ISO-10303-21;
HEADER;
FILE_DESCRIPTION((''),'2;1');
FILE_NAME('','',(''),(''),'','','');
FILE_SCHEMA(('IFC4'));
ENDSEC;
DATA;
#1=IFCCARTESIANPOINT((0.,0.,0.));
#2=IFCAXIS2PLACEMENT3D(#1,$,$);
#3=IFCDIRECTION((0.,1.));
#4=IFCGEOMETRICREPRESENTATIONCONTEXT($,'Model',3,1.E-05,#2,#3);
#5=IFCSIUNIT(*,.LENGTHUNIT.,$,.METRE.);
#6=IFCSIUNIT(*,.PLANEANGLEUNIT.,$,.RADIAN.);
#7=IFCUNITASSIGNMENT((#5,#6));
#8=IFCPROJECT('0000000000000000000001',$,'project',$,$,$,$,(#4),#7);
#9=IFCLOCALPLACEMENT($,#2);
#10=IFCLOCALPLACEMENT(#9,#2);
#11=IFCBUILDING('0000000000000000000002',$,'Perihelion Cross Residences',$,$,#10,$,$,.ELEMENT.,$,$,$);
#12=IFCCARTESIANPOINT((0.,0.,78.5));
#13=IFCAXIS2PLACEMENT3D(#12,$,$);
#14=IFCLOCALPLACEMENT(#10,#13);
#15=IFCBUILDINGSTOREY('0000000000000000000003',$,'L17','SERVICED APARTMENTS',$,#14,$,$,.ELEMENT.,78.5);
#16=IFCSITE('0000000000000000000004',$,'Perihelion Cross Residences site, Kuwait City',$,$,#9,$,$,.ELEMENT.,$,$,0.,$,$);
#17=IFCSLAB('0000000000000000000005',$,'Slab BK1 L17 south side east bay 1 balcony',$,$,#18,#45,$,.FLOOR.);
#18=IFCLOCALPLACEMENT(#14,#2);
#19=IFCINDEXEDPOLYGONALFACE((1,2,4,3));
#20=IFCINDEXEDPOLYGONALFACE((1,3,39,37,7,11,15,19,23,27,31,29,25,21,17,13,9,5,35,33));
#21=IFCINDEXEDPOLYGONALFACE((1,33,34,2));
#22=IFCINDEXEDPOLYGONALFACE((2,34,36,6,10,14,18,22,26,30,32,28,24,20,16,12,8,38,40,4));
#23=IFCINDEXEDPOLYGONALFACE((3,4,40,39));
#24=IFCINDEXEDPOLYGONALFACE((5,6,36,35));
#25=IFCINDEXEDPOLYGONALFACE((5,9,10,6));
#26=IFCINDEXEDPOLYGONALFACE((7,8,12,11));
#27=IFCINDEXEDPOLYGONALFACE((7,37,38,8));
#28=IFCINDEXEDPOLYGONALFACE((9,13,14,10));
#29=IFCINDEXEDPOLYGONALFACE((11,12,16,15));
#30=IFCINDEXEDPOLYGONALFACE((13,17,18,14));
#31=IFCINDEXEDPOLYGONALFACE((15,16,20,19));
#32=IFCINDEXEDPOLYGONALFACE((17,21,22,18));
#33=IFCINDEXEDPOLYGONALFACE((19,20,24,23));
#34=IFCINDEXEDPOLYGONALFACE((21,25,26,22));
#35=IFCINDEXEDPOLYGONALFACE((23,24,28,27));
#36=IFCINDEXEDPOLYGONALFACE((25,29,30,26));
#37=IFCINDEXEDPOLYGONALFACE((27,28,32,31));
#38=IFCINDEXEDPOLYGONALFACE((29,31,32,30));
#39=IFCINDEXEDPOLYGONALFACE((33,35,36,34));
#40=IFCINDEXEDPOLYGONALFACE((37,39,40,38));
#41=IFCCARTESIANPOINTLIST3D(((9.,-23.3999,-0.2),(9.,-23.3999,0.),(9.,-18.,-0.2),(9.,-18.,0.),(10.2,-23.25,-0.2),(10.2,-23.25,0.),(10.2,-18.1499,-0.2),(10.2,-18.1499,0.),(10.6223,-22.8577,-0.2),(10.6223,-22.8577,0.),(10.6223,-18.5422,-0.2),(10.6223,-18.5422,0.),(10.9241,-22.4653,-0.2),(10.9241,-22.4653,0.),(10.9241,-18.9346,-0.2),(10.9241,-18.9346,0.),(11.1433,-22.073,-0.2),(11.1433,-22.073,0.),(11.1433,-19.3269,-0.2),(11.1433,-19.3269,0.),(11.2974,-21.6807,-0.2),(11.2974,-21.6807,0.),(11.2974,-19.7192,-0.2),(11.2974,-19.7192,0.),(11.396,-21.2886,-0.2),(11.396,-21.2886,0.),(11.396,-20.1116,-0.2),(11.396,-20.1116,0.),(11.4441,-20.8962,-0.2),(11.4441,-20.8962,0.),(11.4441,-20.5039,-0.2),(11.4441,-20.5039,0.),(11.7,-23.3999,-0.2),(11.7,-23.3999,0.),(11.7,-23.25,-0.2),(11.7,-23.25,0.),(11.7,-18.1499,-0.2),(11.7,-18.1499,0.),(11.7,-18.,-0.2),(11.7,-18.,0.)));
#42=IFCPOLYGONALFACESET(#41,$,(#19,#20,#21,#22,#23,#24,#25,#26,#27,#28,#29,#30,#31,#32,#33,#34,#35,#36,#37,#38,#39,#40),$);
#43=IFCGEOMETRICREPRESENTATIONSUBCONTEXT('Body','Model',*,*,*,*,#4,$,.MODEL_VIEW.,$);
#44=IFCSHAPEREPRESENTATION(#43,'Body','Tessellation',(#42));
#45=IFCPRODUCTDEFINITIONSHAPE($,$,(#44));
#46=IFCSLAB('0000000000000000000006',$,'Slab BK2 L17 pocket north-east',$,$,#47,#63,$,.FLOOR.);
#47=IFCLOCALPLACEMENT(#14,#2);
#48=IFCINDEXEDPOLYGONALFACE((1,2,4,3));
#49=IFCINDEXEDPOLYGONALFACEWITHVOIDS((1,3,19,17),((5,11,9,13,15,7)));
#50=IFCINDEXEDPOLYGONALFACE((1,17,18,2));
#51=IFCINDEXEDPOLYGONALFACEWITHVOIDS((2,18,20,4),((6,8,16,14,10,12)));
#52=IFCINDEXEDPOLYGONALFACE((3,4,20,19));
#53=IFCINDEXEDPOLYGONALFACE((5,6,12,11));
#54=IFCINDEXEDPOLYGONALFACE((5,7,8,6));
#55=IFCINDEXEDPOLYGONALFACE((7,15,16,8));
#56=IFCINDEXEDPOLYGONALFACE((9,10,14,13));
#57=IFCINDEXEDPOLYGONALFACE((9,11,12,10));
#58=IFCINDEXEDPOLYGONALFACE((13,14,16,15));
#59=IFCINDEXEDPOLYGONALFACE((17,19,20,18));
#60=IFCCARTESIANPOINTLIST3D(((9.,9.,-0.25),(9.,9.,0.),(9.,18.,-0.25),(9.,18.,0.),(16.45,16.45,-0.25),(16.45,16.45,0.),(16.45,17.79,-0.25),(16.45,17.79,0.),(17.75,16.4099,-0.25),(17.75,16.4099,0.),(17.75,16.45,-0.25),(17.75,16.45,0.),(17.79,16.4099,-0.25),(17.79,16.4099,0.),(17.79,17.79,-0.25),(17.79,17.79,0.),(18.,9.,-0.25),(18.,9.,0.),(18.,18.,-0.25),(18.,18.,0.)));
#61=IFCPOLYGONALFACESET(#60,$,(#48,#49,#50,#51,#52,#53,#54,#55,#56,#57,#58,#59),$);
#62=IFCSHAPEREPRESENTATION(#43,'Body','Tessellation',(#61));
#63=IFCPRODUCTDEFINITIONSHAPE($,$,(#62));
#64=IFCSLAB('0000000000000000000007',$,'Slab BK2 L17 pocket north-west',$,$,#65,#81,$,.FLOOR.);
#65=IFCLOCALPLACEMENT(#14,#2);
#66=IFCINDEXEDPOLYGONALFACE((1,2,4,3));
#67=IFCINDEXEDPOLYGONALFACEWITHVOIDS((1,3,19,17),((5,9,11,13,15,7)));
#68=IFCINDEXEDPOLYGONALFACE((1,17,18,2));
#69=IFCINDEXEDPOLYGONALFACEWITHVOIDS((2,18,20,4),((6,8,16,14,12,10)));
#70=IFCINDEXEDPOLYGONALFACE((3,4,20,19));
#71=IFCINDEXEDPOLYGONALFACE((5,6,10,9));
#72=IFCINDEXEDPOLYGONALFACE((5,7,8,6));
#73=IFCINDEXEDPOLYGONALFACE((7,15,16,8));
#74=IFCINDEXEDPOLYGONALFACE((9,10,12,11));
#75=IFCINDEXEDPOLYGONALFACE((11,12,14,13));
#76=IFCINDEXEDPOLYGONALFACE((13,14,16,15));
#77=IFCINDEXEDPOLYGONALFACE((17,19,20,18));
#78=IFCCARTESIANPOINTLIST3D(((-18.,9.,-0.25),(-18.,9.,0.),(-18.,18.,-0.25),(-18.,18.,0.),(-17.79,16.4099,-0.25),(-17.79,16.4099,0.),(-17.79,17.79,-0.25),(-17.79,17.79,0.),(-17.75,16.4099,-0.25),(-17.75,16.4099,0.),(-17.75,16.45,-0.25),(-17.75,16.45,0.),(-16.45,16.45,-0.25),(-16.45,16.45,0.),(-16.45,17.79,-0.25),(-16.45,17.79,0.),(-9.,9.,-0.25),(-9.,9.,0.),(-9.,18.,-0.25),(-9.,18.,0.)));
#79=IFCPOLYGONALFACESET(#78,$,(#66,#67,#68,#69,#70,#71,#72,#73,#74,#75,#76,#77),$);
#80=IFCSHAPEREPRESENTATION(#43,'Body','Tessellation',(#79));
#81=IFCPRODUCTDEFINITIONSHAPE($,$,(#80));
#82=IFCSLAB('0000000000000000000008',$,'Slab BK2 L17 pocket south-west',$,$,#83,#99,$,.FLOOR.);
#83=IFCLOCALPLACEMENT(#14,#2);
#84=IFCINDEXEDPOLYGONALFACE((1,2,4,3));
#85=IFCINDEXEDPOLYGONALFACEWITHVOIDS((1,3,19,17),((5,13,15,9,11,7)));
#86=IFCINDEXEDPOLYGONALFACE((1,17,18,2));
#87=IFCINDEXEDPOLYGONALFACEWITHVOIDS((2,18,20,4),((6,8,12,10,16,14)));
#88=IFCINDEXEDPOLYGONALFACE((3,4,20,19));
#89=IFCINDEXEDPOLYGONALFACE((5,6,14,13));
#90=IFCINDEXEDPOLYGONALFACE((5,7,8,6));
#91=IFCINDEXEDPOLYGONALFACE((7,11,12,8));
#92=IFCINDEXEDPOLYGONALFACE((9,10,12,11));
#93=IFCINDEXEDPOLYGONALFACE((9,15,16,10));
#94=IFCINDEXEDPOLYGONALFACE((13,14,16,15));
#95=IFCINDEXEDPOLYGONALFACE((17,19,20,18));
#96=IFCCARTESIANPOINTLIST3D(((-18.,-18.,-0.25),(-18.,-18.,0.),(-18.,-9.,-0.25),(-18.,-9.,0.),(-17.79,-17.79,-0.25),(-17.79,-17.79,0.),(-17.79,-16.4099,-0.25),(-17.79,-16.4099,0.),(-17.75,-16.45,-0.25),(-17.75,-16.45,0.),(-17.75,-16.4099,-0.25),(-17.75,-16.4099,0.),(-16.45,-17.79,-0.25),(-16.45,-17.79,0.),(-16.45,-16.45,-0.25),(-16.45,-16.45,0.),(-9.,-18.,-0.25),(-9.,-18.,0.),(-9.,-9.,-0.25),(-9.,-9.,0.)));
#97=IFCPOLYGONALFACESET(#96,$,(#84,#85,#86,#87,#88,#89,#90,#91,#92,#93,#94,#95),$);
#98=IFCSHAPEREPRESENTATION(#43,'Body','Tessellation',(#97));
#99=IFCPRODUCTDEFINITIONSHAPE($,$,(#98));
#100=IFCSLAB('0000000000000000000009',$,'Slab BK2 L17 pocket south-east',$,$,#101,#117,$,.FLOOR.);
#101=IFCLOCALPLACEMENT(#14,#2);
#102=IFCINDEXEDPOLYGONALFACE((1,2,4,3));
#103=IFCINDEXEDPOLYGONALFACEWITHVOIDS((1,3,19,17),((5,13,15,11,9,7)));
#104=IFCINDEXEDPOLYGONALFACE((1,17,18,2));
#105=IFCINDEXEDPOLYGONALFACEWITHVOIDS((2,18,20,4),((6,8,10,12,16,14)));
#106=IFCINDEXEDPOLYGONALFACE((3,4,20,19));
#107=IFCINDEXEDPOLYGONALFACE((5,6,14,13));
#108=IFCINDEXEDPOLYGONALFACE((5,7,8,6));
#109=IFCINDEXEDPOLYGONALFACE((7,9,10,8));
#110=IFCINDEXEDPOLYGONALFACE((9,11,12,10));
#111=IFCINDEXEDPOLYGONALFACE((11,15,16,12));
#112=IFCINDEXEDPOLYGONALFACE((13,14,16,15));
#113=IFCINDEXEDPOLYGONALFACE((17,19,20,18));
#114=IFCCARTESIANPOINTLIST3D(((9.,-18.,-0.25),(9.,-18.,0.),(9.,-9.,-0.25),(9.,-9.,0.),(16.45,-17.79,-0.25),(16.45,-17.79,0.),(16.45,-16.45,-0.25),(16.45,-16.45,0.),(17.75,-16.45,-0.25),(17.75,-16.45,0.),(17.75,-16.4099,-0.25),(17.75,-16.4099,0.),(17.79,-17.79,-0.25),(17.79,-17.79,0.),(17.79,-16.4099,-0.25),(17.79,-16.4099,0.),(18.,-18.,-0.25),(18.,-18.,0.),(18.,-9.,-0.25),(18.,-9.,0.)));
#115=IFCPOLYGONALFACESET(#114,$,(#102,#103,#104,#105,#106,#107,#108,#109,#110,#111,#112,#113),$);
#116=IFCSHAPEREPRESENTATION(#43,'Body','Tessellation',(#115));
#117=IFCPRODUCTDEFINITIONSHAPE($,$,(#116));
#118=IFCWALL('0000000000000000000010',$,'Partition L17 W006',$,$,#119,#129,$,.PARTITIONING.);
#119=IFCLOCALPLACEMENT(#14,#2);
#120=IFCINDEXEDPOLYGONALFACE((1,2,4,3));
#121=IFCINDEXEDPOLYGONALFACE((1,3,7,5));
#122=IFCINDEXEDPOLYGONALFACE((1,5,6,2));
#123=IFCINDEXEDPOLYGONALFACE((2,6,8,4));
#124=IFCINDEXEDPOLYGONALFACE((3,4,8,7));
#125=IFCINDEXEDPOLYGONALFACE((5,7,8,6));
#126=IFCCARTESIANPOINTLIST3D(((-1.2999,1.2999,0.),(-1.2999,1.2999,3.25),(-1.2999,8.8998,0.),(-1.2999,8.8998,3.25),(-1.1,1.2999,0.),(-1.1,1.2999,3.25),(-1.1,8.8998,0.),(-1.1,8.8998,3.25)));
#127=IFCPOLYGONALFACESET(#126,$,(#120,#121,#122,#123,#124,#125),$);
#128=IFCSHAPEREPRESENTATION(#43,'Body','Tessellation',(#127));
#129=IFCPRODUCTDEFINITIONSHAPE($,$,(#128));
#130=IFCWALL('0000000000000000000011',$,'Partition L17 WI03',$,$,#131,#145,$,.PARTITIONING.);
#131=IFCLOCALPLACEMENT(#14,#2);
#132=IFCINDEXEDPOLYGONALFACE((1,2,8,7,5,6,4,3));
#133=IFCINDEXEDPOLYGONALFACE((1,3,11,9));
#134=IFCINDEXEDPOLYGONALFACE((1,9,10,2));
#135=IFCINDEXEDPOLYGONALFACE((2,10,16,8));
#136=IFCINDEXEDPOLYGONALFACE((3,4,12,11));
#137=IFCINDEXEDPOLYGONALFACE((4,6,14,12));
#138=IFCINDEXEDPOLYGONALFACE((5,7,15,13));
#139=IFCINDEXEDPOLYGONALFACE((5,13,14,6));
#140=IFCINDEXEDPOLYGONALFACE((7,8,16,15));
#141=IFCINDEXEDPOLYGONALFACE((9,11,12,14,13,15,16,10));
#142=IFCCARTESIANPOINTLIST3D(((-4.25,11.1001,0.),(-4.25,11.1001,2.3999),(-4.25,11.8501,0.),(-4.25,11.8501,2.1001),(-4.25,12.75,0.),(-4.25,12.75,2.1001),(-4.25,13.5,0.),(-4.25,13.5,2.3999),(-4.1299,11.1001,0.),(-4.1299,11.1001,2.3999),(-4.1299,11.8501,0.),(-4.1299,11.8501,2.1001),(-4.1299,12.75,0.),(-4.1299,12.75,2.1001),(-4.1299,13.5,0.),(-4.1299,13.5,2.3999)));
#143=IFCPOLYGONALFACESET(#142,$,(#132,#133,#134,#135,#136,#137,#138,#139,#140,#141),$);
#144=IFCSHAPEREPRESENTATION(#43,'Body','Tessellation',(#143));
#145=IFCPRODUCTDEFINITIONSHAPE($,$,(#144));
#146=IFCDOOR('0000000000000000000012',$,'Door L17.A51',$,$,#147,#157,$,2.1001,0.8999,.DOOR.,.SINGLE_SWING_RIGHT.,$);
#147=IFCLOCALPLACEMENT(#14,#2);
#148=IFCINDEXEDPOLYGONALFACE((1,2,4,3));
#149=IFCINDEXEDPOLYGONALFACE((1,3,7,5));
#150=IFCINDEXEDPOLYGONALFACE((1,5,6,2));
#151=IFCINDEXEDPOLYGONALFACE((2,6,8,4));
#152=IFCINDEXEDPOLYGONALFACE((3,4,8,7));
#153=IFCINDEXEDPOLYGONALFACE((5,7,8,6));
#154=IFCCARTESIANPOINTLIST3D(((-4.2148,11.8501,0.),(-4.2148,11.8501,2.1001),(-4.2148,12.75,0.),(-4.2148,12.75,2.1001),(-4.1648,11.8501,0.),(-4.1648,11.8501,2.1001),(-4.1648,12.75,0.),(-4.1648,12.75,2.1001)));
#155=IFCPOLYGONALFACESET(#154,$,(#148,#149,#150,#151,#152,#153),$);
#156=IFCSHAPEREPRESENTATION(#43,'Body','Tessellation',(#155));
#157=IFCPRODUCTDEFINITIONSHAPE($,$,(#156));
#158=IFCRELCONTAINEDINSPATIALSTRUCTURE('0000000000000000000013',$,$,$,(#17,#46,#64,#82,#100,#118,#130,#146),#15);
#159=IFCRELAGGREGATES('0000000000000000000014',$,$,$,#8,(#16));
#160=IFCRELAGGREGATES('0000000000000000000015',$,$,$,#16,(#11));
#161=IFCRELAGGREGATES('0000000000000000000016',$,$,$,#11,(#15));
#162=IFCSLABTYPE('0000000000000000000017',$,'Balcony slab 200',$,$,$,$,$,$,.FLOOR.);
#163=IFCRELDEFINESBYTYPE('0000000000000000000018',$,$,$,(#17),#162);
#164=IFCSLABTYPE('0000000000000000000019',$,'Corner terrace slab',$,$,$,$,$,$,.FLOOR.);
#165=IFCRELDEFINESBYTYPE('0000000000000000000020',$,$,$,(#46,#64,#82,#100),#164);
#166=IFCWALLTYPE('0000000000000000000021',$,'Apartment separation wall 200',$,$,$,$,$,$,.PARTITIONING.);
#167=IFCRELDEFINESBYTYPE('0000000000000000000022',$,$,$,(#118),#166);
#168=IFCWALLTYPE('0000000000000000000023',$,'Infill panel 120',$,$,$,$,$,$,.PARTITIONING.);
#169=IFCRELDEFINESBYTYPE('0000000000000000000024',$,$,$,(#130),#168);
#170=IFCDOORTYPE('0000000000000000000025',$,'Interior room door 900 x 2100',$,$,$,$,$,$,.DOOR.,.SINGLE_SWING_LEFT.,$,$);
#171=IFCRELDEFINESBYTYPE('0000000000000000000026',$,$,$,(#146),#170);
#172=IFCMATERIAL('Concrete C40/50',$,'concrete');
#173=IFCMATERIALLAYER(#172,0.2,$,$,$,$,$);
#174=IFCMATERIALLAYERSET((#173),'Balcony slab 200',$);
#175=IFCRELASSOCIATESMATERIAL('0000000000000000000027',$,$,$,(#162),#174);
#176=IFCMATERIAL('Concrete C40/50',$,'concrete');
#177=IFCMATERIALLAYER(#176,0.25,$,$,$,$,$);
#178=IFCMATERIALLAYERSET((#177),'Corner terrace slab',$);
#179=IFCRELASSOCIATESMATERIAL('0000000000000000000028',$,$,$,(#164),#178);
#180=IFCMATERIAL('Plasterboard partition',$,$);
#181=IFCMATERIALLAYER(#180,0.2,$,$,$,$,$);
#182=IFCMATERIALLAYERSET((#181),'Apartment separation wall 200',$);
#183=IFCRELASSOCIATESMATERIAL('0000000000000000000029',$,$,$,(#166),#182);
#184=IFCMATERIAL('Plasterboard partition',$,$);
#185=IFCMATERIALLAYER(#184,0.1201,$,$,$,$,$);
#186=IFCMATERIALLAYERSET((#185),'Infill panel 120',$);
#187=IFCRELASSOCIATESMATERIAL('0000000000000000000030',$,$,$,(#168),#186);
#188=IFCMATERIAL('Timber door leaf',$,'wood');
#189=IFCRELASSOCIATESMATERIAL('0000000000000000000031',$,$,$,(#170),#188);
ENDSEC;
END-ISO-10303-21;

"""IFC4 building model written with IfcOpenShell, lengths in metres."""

from ifc_helpers import new_model, si_unit, direction, frame, frame_2d, origin, place, context, subcontext, project, spatial, polyline, rectangle, outline, extrude, material, layer, layer_set, type_object, element, fill, save


model = new_model("IFC4")

# Units and contexts
model_context = context("Model", 3, precision=1e-05, world=origin(), true_north=direction((0.0, 1.0)))
body_context = subcontext(model_context, "Body", "Model", "MODEL_VIEW")
ifc_project = project(units=[si_unit("LENGTHUNIT", "METRE"), si_unit("PLANEANGLEUNIT", "RADIAN")], contexts=[model_context])

# Site, building, storey
site_placement = place(None, origin())
site = spatial("IfcSite", under=ifc_project, at=site_placement, Name="Perihelion Cross Residences site, Kuwait City", CompositionType="ELEMENT", RefElevation=0.0)
building_placement = place(site_placement, origin())
building = spatial("IfcBuilding", under=site, at=building_placement, Name="Perihelion Cross Residences", CompositionType="ELEMENT")
storey_placement = place(building_placement, frame((0.0, 0.0, 78.5)))
storey = spatial("IfcBuildingStorey", under=building, at=storey_placement, Name="L17", Description="SERVICED APARTMENTS", CompositionType="ELEMENT", Elevation=78.5)

# Slabs
ifc_material_1 = material(Name="Concrete C40/50", Category="concrete")
ifc_layer_1 = layer(ifc_material_1, 0.2)
ifc_layer_set_1 = layer_set([ifc_layer_1], Name="Balcony slab 200")
slab_type_1 = type_object("IfcSlabType", Name="Balcony slab 200", PredefinedType="FLOOR", material=ifc_layer_set_1)
slab_1_placement = place(storey_placement, frame((0.0, 0.0, -0.2)))
element("IfcSlab", 1, at=slab_1_placement, inside=storey, type_object=slab_type_1, Name="Slab BK1 L17 south side east bay 1 balcony", PredefinedType="FLOOR", context=body_context, shape_type="SweptSolid", body=[
    extrude(outline(polyline([(9.0, -23.3999), (9.0, -18.0), (11.7, -18.0), (11.7, -18.1499), (10.2, -18.1499), (10.6223, -18.5422), (10.9241, -18.9346), (11.1433, -19.3269), (11.2974, -19.7192), (11.396, -20.1116), (11.4441, -20.5039), (11.4441, -20.8962), (11.396, -21.2886), (11.2974, -21.6807), (11.1433, -22.073), (10.9241, -22.4653), (10.6223, -22.8577), (10.2, -23.25), (11.7, -23.25), (11.7, -23.3999), (9.0, -23.3999)])), origin(), (0.0, 0.0, 1.0), 0.2),
])
ifc_material_2 = material(Name="Concrete C40/50", Category="concrete")
ifc_layer_2 = layer(ifc_material_2, 0.25)
ifc_layer_set_2 = layer_set([ifc_layer_2], Name="Corner terrace slab")
slab_type_2 = type_object("IfcSlabType", Name="Corner terrace slab", PredefinedType="FLOOR", material=ifc_layer_set_2)
slab_2_placement = place(storey_placement, frame((0.0, 0.0, -0.25)))
element("IfcSlab", 2, at=slab_2_placement, inside=storey, type_object=slab_type_2, Name="Slab BK2 L17 pocket north-east", PredefinedType="FLOOR", context=body_context, shape_type="SweptSolid", body=[
    extrude(outline(polyline([(18.0, 9.0), (18.0, 18.0), (9.0, 18.0), (9.0, 9.0), (18.0, 9.0)]), holes=[polyline([(16.45, 16.45), (16.45, 17.79), (17.79, 17.79), (17.79, 16.4099), (17.75, 16.4099), (17.75, 16.45), (16.45, 16.45)])]), origin(), (0.0, 0.0, 1.0), 0.25),
])
slab_3_placement = place(storey_placement, frame((0.0, 0.0, -0.25)))
element("IfcSlab", 3, at=slab_3_placement, inside=storey, type_object=slab_type_2, Name="Slab BK2 L17 pocket north-west", PredefinedType="FLOOR", context=body_context, shape_type="SweptSolid", body=[
    extrude(outline(polyline([(-9.0, 9.0), (-9.0, 18.0), (-18.0, 18.0), (-18.0, 9.0), (-9.0, 9.0)]), holes=[polyline([(-17.79, 16.4099), (-17.79, 17.79), (-16.45, 17.79), (-16.45, 16.45), (-17.75, 16.45), (-17.75, 16.4099), (-17.79, 16.4099)])]), origin(), (0.0, 0.0, 1.0), 0.25),
])
slab_4_placement = place(storey_placement, frame((0.0, 0.0, -0.25)))
element("IfcSlab", 4, at=slab_4_placement, inside=storey, type_object=slab_type_2, Name="Slab BK2 L17 pocket south-west", PredefinedType="FLOOR", context=body_context, shape_type="SweptSolid", body=[
    extrude(outline(polyline([(-9.0, -18.0), (-9.0, -9.0), (-18.0, -9.0), (-18.0, -18.0), (-9.0, -18.0)]), holes=[polyline([(-17.79, -16.4099), (-17.75, -16.4099), (-17.75, -16.45), (-16.45, -16.45), (-16.45, -17.79), (-17.79, -17.79), (-17.79, -16.4099)])]), origin(), (0.0, 0.0, 1.0), 0.25),
])
slab_5_placement = place(storey_placement, frame((0.0, 0.0, -0.25)))
element("IfcSlab", 5, at=slab_5_placement, inside=storey, type_object=slab_type_2, Name="Slab BK2 L17 pocket south-east", PredefinedType="FLOOR", context=body_context, shape_type="SweptSolid", body=[
    extrude(outline(polyline([(18.0, -18.0), (18.0, -9.0), (9.0, -9.0), (9.0, -18.0), (18.0, -18.0)]), holes=[polyline([(16.45, -17.79), (16.45, -16.45), (17.75, -16.45), (17.75, -16.4099), (17.79, -16.4099), (17.79, -17.79), (16.45, -17.79)])]), origin(), (0.0, 0.0, 1.0), 0.25),
])

# Wall
ifc_material_3 = material(Name="Plasterboard partition")
ifc_layer_3 = layer(ifc_material_3, 0.2)
ifc_layer_set_3 = layer_set([ifc_layer_3], Name="Apartment separation wall 200")
wall_type_1 = type_object("IfcWallType", Name="Apartment separation wall 200", PredefinedType="PARTITIONING", material=ifc_layer_set_3)
wall_1_placement = place(storey_placement, frame((-1.2, 1.3, 0.0), z_axis=(0.0, 0.0, 1.0), x_axis=(0.0, 1.0, 0.0)))
element("IfcWall", 6, at=wall_1_placement, inside=storey, type_object=wall_type_1, Name="Partition L17 W006", PredefinedType="PARTITIONING", context=body_context, shape_type="SweptSolid", body=[
    extrude(rectangle(XDim=7.5999, YDim=0.2, at=frame_2d((3.7998, 0.0))), origin(), (0.0, 0.0, 1.0), 3.25),
])

# Wall, opening, door
ifc_material_4 = material(Name="Plasterboard partition")
ifc_layer_4 = layer(ifc_material_4, 0.1201)
ifc_layer_set_4 = layer_set([ifc_layer_4], Name="Infill panel 120")
wall_type_2 = type_object("IfcWallType", Name="Infill panel 120", PredefinedType="PARTITIONING", material=ifc_layer_set_4)
wall_2_placement = place(storey_placement, frame((-4.1899, 11.1001, 0.0), z_axis=(0.0, 0.0, 1.0), x_axis=(0.0, 1.0, 0.0)))
wall_2 = element("IfcWall", 7, at=wall_2_placement, inside=storey, type_object=wall_type_2, Name="Partition L17 WI03", PredefinedType="PARTITIONING", context=body_context, shape_type="SweptSolid", body=[
    extrude(rectangle(XDim=2.3999, YDim=0.1201, at=frame_2d((1.2, 0.0))), origin(), (0.0, 0.0, 1.0), 2.3999),
])
opening_1_placement = place(wall_2_placement, frame((0.75, 0.0, 0.0)))
opening_1 = element("IfcOpeningElement", 8, at=opening_1_placement, cuts=wall_2, PredefinedType="OPENING", context=body_context, shape_type="SweptSolid", body=[
    extrude(rectangle(XDim=0.8999, YDim=2.1001, at=frame_2d((0.45, 1.05))), frame((0.0, 0.0701, 0.0), z_axis=(0.0, -1.0, 0.0), x_axis=(1.0, 0.0, 0.0)), (0.0, 0.0, 1.0), 0.1401),
])
ifc_material_5 = material(Name="Timber door leaf", Category="wood")
door_type = type_object("IfcDoorType", Name="Interior room door 900 x 2100", OperationType="SINGLE_SWING_LEFT", PredefinedType="DOOR", material=ifc_material_5)
door_1_placement = place(opening_1_placement, origin())
door_1 = element("IfcDoor", 9, at=door_1_placement, inside=storey, type_object=door_type, Name="Door L17.A51", OperationType="SINGLE_SWING_RIGHT", OverallHeight=2.1001, OverallWidth=0.8999, PredefinedType="DOOR", context=body_context, shape_type="SweptSolid", body=[
    extrude(rectangle(XDim=0.8999, YDim=2.1001, at=frame_2d((0.45, 1.05))), frame((0.0, 0.0249, 0.0), z_axis=(0.0, -1.0, 0.0), x_axis=(1.0, 0.0, 0.0)), (0.0, 0.0, 1.0), 0.05),
])
fill(opening_1, door_1)

save(model, "model.ifc")
